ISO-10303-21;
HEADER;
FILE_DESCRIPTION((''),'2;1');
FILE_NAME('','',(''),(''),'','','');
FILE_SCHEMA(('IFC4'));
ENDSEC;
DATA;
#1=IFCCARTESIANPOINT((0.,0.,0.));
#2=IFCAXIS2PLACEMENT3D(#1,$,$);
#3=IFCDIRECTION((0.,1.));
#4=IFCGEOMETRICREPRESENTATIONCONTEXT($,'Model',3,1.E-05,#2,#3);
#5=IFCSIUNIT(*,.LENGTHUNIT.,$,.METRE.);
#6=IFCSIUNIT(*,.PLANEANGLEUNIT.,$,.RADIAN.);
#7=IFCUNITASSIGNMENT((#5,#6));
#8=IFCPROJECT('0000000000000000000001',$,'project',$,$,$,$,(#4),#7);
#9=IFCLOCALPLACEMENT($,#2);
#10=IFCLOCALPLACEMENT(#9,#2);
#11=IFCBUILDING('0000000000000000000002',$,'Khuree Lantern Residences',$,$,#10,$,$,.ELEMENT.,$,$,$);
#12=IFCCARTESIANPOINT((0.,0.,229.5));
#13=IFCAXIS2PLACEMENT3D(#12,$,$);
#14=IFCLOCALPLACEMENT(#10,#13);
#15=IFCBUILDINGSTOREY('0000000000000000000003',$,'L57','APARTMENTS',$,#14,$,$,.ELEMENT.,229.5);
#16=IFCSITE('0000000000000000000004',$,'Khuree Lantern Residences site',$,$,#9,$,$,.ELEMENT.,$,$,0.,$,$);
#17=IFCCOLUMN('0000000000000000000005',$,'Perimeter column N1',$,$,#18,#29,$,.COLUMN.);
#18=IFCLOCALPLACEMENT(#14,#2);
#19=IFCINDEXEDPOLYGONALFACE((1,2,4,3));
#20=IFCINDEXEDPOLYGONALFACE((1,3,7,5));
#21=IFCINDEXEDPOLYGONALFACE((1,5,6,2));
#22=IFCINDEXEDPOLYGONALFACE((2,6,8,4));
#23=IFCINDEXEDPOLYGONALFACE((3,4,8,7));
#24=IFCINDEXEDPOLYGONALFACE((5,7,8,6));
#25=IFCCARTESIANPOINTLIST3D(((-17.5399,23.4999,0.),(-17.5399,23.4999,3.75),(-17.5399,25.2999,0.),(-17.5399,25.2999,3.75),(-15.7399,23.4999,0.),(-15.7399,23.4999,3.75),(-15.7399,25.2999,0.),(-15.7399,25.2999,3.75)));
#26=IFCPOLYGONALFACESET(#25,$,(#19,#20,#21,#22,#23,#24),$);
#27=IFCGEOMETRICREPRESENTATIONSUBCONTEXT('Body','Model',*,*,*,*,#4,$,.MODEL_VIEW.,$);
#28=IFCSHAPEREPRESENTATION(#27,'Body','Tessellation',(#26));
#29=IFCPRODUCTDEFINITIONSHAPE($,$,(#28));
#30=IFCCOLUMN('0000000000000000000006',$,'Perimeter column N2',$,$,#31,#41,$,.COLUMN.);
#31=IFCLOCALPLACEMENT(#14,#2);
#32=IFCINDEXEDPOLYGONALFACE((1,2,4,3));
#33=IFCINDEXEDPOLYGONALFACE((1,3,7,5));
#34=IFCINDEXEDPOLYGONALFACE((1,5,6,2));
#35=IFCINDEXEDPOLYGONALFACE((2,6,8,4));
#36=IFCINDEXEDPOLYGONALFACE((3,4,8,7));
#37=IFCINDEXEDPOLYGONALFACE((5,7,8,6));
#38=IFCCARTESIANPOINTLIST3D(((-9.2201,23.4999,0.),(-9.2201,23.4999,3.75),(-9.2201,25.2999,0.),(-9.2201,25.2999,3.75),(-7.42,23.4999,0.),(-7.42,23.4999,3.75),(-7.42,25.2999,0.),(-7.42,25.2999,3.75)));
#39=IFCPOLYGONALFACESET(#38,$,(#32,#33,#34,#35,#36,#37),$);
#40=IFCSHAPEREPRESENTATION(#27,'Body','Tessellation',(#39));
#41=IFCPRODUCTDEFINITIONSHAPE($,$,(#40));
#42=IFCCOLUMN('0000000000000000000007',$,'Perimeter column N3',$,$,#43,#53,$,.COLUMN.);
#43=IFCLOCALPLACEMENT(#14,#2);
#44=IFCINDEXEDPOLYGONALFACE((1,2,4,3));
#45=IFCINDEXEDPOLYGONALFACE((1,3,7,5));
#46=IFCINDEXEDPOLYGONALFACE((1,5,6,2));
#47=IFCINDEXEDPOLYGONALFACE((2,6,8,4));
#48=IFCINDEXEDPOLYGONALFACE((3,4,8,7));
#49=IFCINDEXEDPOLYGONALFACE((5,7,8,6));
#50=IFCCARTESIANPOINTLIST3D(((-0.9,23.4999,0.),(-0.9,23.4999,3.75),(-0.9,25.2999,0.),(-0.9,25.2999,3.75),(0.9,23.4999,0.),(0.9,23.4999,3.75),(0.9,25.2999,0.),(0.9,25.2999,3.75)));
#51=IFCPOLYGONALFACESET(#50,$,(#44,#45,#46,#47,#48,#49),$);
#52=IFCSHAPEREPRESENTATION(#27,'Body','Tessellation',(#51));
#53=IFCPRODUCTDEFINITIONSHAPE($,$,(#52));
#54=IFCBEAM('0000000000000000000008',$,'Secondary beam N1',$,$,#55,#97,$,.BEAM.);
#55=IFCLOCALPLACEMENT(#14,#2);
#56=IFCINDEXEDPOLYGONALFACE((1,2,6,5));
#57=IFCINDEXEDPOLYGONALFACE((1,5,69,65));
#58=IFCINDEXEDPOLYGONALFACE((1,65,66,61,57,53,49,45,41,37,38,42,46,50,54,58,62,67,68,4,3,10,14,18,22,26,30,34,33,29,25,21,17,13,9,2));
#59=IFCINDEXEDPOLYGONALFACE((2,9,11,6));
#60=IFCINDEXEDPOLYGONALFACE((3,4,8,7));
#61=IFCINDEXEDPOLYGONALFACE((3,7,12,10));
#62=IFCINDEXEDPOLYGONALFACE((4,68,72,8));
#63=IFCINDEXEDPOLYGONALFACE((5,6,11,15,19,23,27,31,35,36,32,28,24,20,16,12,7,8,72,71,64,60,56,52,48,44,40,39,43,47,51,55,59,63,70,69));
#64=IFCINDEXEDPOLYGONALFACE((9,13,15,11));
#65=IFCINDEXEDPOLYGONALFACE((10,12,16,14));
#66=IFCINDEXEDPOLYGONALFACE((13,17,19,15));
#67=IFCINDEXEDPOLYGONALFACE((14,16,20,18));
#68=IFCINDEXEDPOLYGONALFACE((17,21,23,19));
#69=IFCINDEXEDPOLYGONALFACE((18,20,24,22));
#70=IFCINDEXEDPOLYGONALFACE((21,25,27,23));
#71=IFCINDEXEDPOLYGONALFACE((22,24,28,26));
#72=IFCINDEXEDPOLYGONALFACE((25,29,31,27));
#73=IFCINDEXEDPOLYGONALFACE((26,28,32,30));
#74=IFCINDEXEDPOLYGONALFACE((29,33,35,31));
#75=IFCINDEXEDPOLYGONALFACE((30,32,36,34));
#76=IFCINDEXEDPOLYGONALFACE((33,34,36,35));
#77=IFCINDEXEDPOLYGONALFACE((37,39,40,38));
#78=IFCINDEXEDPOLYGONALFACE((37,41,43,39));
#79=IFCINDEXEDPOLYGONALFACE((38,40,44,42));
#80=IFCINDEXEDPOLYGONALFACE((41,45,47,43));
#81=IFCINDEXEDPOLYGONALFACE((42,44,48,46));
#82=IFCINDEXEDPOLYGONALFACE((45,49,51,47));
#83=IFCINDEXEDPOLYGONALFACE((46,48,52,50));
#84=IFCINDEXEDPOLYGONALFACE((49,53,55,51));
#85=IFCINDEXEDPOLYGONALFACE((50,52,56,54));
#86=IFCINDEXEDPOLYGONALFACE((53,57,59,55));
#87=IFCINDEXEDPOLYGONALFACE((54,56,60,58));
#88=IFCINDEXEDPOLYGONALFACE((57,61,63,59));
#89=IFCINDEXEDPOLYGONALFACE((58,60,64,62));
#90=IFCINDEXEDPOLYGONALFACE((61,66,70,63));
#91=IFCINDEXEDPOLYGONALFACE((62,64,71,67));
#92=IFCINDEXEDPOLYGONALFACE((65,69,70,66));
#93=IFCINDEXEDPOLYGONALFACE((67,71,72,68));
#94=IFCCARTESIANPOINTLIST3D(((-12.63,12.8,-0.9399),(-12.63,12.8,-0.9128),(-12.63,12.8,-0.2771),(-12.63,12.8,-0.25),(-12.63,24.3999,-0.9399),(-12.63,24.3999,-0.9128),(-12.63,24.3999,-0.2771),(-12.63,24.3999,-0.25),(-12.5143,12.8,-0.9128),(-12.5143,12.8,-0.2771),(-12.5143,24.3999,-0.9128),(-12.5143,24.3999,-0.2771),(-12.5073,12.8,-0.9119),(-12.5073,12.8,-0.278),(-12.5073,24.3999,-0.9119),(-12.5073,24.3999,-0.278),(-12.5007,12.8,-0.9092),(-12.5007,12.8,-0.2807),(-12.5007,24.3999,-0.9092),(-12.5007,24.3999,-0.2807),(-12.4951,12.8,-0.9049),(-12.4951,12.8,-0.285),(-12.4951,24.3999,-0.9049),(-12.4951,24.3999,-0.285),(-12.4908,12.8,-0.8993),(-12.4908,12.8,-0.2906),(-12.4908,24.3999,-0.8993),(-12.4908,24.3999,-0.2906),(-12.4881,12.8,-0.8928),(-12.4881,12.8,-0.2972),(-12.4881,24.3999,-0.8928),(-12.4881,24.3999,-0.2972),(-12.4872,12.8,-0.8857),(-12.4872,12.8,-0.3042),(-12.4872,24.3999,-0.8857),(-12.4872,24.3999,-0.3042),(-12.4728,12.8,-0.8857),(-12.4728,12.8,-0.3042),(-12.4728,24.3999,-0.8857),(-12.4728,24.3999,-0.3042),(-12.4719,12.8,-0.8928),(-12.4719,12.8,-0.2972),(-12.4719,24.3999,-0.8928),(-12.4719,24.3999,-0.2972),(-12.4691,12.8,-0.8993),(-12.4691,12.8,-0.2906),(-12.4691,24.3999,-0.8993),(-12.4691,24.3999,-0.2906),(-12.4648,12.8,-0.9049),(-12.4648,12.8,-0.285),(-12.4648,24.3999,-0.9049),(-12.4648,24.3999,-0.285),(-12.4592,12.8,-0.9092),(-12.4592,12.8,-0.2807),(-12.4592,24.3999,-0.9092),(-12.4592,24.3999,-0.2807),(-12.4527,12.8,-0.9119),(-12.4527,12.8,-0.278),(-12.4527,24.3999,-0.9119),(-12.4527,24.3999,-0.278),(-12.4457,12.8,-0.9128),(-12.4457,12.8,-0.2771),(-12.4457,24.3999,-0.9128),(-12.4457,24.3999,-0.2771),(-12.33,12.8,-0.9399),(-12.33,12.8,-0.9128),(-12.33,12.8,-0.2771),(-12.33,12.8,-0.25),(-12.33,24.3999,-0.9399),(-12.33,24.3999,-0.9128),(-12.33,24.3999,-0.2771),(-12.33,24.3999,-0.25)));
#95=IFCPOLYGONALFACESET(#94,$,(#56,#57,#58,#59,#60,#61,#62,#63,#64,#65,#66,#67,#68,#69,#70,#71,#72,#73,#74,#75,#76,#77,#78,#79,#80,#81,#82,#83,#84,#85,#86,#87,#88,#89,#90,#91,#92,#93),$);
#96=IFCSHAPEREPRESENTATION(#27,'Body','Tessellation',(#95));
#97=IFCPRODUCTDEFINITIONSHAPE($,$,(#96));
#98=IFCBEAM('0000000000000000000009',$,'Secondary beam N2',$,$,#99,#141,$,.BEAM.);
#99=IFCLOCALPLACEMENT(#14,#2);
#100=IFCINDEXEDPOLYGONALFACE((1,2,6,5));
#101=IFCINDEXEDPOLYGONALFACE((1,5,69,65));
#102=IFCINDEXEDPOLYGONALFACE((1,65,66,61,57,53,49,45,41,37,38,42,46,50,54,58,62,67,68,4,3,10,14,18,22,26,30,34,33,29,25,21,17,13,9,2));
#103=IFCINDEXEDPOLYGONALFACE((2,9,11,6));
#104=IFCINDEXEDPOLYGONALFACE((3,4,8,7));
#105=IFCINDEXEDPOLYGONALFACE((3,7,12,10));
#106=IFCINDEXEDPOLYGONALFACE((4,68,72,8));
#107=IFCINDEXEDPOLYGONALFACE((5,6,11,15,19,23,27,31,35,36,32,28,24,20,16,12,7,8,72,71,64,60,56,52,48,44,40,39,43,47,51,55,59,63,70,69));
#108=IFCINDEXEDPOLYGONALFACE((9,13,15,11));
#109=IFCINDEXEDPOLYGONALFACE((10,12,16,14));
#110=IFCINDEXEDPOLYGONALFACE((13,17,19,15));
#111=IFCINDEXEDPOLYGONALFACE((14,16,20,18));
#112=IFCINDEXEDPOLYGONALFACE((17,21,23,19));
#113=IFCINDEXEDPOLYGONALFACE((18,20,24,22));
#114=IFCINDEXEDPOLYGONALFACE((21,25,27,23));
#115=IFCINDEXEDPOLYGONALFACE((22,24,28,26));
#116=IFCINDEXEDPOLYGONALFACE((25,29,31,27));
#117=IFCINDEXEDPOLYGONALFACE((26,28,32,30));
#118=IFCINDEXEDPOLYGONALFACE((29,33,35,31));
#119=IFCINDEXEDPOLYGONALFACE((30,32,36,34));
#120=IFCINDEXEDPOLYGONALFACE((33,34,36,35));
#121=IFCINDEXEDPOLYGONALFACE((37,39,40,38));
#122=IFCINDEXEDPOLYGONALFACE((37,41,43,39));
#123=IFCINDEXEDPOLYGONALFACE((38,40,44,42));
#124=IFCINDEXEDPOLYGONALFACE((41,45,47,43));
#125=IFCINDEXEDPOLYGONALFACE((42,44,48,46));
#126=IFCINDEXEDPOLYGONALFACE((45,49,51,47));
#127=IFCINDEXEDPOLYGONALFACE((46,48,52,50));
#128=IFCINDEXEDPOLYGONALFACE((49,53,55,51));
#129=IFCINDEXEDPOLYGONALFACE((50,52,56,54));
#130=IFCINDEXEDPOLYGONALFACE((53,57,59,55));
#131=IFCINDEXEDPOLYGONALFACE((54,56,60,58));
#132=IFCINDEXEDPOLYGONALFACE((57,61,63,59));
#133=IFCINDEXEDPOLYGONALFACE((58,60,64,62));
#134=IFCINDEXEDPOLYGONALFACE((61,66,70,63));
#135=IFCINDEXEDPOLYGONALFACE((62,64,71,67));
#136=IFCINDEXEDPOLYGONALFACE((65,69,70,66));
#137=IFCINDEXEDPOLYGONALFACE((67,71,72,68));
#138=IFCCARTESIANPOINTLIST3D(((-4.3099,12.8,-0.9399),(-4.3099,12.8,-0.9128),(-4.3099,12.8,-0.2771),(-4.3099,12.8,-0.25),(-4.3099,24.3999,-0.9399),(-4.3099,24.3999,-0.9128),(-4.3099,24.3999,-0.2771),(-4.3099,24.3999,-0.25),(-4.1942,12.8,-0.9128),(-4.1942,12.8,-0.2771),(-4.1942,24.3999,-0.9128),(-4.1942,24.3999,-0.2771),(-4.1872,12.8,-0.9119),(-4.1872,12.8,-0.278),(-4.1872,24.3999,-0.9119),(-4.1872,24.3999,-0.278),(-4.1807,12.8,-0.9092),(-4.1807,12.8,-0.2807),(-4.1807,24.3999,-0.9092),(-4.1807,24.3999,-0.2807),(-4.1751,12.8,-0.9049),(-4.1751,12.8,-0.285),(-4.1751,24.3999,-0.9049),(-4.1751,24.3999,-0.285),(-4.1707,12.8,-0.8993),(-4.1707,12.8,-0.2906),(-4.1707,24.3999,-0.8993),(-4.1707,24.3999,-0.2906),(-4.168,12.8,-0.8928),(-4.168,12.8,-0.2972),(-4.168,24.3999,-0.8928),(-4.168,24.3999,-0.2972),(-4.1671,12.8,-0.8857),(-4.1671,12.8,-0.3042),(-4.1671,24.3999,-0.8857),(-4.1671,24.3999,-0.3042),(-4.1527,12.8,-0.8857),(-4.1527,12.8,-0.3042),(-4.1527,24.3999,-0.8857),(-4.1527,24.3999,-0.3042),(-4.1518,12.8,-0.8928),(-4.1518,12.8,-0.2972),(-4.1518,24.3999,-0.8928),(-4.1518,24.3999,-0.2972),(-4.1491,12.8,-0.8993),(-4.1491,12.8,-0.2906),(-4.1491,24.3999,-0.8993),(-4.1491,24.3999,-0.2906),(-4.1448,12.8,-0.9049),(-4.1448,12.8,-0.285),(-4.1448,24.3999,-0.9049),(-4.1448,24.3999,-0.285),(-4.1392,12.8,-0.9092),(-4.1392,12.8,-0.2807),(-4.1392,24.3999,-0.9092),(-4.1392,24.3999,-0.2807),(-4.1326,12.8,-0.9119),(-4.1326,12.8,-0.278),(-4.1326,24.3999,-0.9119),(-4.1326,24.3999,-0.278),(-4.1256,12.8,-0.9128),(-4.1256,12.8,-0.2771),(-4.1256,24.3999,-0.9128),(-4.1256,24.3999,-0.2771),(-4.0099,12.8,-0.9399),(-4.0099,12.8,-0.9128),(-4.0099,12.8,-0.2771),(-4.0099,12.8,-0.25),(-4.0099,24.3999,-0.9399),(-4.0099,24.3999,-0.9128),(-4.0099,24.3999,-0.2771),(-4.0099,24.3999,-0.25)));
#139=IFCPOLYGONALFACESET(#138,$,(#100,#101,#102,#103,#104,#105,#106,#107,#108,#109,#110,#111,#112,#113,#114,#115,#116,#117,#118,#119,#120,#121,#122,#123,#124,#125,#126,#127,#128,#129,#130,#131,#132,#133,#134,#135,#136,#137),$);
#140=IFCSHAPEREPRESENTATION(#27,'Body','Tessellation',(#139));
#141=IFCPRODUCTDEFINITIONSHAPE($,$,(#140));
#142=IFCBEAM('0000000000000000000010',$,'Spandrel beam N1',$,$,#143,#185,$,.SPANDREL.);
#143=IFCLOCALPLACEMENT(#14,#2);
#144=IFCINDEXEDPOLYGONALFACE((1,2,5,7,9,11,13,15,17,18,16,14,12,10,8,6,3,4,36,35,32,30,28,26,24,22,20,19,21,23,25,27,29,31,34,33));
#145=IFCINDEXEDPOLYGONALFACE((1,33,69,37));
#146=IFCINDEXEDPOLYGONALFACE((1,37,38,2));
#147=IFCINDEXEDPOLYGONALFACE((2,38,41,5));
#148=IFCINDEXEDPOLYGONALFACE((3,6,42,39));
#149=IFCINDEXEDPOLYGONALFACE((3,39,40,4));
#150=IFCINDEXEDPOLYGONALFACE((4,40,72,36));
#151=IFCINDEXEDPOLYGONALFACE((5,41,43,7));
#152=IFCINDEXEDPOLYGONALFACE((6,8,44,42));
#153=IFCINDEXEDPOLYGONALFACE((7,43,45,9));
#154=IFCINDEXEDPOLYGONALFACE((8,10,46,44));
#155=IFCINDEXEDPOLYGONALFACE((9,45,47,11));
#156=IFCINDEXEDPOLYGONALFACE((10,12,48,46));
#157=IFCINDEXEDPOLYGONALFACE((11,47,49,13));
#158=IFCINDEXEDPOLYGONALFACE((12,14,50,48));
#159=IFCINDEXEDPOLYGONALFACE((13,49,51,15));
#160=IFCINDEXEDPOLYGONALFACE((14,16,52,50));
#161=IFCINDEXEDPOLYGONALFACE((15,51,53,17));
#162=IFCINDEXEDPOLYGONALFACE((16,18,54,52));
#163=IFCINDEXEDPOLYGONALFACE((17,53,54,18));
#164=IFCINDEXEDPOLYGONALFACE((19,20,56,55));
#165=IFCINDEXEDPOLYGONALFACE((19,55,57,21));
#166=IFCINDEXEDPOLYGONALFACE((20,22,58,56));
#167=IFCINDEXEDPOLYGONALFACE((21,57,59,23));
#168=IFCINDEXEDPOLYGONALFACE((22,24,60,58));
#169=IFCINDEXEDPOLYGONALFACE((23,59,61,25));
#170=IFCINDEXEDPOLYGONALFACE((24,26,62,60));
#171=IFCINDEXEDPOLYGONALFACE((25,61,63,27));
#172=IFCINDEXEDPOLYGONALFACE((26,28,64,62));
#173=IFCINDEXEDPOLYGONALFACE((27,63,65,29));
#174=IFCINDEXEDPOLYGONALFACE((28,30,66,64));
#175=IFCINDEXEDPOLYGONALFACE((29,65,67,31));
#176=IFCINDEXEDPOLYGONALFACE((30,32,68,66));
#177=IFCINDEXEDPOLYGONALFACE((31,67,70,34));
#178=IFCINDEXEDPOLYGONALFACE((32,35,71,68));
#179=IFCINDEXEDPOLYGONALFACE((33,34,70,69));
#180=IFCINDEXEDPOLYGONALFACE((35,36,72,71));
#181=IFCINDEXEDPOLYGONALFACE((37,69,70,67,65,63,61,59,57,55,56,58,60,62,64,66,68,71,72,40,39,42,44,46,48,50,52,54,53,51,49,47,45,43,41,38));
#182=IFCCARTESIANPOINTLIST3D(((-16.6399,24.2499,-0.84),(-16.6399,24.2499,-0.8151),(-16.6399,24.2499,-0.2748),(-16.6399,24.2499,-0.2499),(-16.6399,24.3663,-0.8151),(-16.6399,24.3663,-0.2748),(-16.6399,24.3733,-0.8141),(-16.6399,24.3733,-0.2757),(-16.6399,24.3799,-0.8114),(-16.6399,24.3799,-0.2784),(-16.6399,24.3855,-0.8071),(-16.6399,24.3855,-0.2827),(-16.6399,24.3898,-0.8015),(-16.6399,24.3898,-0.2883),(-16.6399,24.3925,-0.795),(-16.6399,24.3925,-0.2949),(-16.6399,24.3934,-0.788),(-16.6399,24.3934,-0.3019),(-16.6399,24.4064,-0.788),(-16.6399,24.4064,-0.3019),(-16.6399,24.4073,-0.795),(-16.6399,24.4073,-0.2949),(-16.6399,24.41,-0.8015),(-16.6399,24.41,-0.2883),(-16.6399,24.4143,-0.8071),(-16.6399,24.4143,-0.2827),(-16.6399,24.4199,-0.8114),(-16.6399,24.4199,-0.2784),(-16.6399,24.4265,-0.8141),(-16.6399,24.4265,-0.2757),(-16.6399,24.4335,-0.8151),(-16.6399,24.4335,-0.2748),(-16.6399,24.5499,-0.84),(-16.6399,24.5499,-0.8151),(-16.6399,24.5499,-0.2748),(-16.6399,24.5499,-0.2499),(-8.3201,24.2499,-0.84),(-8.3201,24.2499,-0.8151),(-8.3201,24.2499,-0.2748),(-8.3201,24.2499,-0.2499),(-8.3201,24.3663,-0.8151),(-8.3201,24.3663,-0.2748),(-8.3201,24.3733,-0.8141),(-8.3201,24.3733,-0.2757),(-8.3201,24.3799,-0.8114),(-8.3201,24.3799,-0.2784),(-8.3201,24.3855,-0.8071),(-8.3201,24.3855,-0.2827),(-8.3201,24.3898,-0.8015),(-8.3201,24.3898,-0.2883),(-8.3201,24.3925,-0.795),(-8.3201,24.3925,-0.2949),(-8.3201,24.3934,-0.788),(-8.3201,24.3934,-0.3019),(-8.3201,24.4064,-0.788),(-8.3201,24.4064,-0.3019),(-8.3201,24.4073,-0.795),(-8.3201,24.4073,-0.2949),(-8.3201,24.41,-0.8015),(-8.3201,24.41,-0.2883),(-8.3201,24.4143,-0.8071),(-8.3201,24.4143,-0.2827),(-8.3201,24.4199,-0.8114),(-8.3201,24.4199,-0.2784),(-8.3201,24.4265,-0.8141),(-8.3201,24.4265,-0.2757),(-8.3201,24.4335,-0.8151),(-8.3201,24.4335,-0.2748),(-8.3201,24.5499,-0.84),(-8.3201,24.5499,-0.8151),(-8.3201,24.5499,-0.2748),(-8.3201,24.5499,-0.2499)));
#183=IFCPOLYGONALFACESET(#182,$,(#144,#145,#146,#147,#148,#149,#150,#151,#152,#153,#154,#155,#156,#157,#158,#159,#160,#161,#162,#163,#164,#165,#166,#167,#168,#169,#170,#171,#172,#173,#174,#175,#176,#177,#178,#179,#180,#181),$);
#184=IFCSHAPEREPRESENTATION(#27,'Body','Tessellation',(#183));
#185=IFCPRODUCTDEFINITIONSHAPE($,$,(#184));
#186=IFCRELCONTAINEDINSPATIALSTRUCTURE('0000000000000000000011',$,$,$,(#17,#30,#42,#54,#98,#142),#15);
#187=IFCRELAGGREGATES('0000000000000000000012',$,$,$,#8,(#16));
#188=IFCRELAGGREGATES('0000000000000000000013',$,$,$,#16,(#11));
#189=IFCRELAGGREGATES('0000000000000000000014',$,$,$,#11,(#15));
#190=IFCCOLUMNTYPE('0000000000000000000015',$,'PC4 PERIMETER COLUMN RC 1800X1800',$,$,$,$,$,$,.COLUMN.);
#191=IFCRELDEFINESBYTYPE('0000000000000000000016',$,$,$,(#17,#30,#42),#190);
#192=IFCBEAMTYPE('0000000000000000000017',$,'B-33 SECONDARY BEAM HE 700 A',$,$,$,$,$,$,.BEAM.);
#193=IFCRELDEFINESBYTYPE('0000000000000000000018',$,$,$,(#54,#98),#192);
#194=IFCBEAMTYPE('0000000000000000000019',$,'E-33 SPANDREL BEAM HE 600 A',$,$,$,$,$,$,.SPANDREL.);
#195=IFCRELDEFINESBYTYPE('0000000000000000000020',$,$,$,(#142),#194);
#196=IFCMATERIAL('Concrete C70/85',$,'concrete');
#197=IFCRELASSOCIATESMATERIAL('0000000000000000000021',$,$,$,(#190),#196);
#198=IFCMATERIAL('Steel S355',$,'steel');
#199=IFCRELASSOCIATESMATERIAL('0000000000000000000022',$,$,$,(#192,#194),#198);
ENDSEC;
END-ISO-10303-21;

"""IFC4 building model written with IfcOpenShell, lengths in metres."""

from ifc_helpers import new_model, si_unit, direction, frame, origin, origin_2d, place, context, subcontext, project, spatial, rectangle, i_section, extrude, material, material_profile, profile_set, type_object, element, save


model = new_model("IFC4")

# Units and contexts
model_context = context("Model", 3, precision=1e-05, world=origin(), true_north=direction((0.0, 1.0)))
body_context = subcontext(model_context, "Body", "Model", "MODEL_VIEW")
ifc_project = project(units=[si_unit("LENGTHUNIT", "METRE"), si_unit("PLANEANGLEUNIT", "RADIAN")], contexts=[model_context])

# Site, building, storey
site_placement = place(None, origin())
site = spatial("IfcSite", under=ifc_project, at=site_placement, Name="Khuree Lantern Residences site", CompositionType="ELEMENT", RefElevation=0.0)
building_placement = place(site_placement, origin())
building = spatial("IfcBuilding", under=site, at=building_placement, Name="Khuree Lantern Residences", CompositionType="ELEMENT")
storey_placement = place(building_placement, frame((0.0, 0.0, 229.5)))
storey = spatial("IfcBuildingStorey", under=building, at=storey_placement, Name="L57", Description="APARTMENTS", CompositionType="ELEMENT", Elevation=229.5)

# Columns
ifc_material_1 = material(Name="Concrete C70/85", Category="concrete")
ifc_material_profile_1 = material_profile(ifc_material_1, rectangle(XDim=1.8, YDim=1.8, at=origin_2d()), Name="RC 1800X1800")
ifc_profile_set_1 = profile_set([ifc_material_profile_1], Name="Concrete C70/85")
column_type = type_object("IfcColumnType", Name="PC4 PERIMETER COLUMN RC 1800X1800", PredefinedType="COLUMN", material=ifc_profile_set_1)
for number, where, z_axis, x_axis, name in (
    (1, (-16.6399, 24.3999, 0.0), (0.0, 0.0, 1.0), (1.0, 0.0, 0.0), "Perimeter column N1"),
    (2, (-8.3201, 24.3999, 0.0), (0.0, 0.0, 1.0), (1.0, 0.0, 0.0), "Perimeter column N2"),
    (3, (0.0, 24.3999, 0.0), (0.0, 0.0, 1.0), (1.0, 0.0, 0.0), "Perimeter column N3"),
):
    element("IfcColumn", number, at=place(storey_placement, frame(where, z_axis=z_axis, x_axis=x_axis)), inside=storey, type_object=column_type, Name=name, PredefinedType="COLUMN", context=body_context, shape_type="SweptSolid", body=[
        extrude(rectangle(XDim=1.8, YDim=1.8, at=origin_2d()), origin(), (0.0, 0.0, 1.0), 3.75),
    ])

# Beams
ifc_material_2 = material(Name="Steel S355", Category="steel")
ifc_material_profile_2 = material_profile(ifc_material_2, i_section(OverallWidth=0.3, OverallDepth=0.6899, WebThickness=0.0144, FlangeThickness=0.0271, FilletRadius=0.0271, at=origin_2d()), Name="HE 700 A")
ifc_profile_set_2 = profile_set([ifc_material_profile_2], Name="Steel S355")
beam_type_1 = type_object("IfcBeamType", Name="B-33 SECONDARY BEAM HE 700 A", PredefinedType="BEAM", material=ifc_profile_set_2)
for number, where, z_axis, x_axis, name in (
    (4, (-12.48, 24.3999, -0.595), (0.0, -1.0, 0.0), (1.0, 0.0, 0.0), "Secondary beam N1"),
    (5, (-4.1599, 24.3999, -0.595), (0.0, -1.0, 0.0), (1.0, 0.0, 0.0), "Secondary beam N2"),
):
    element("IfcBeam", number, at=place(storey_placement, frame(where, z_axis=z_axis, x_axis=x_axis)), inside=storey, type_object=beam_type_1, Name=name, PredefinedType="BEAM", context=body_context, shape_type="SweptSolid", body=[
        extrude(i_section(OverallWidth=0.3, OverallDepth=0.6899, WebThickness=0.0144, FlangeThickness=0.0271, FilletRadius=0.0271, at=origin_2d()), origin(), (0.0, 0.0, 1.0), 11.5999),
    ])
ifc_material_profile_3 = material_profile(ifc_material_2, i_section(OverallWidth=0.3, OverallDepth=0.5901, WebThickness=0.0129, FlangeThickness=0.0249, FilletRadius=0.0271, at=origin_2d()), Name="HE 600 A")
ifc_profile_set_3 = profile_set([ifc_material_profile_3], Name="Steel S355")
beam_type_2 = type_object("IfcBeamType", Name="E-33 SPANDREL BEAM HE 600 A", PredefinedType="SPANDREL", material=ifc_profile_set_3)
beam_1_placement = place(storey_placement, frame((-16.6399, 24.3999, -0.5449), z_axis=(1.0, 0.0, 0.0), x_axis=(0.0, 1.0, 0.0)))
element("IfcBeam", 6, at=beam_1_placement, inside=storey, type_object=beam_type_2, Name="Spandrel beam N1", PredefinedType="SPANDREL", context=body_context, shape_type="SweptSolid", body=[
    extrude(i_section(OverallWidth=0.3, OverallDepth=0.5901, WebThickness=0.0129, FlangeThickness=0.0249, FilletRadius=0.0271, at=origin_2d()), origin(), (0.0, 0.0, 1.0), 8.3198),
])

save(model, "model.ifc")
